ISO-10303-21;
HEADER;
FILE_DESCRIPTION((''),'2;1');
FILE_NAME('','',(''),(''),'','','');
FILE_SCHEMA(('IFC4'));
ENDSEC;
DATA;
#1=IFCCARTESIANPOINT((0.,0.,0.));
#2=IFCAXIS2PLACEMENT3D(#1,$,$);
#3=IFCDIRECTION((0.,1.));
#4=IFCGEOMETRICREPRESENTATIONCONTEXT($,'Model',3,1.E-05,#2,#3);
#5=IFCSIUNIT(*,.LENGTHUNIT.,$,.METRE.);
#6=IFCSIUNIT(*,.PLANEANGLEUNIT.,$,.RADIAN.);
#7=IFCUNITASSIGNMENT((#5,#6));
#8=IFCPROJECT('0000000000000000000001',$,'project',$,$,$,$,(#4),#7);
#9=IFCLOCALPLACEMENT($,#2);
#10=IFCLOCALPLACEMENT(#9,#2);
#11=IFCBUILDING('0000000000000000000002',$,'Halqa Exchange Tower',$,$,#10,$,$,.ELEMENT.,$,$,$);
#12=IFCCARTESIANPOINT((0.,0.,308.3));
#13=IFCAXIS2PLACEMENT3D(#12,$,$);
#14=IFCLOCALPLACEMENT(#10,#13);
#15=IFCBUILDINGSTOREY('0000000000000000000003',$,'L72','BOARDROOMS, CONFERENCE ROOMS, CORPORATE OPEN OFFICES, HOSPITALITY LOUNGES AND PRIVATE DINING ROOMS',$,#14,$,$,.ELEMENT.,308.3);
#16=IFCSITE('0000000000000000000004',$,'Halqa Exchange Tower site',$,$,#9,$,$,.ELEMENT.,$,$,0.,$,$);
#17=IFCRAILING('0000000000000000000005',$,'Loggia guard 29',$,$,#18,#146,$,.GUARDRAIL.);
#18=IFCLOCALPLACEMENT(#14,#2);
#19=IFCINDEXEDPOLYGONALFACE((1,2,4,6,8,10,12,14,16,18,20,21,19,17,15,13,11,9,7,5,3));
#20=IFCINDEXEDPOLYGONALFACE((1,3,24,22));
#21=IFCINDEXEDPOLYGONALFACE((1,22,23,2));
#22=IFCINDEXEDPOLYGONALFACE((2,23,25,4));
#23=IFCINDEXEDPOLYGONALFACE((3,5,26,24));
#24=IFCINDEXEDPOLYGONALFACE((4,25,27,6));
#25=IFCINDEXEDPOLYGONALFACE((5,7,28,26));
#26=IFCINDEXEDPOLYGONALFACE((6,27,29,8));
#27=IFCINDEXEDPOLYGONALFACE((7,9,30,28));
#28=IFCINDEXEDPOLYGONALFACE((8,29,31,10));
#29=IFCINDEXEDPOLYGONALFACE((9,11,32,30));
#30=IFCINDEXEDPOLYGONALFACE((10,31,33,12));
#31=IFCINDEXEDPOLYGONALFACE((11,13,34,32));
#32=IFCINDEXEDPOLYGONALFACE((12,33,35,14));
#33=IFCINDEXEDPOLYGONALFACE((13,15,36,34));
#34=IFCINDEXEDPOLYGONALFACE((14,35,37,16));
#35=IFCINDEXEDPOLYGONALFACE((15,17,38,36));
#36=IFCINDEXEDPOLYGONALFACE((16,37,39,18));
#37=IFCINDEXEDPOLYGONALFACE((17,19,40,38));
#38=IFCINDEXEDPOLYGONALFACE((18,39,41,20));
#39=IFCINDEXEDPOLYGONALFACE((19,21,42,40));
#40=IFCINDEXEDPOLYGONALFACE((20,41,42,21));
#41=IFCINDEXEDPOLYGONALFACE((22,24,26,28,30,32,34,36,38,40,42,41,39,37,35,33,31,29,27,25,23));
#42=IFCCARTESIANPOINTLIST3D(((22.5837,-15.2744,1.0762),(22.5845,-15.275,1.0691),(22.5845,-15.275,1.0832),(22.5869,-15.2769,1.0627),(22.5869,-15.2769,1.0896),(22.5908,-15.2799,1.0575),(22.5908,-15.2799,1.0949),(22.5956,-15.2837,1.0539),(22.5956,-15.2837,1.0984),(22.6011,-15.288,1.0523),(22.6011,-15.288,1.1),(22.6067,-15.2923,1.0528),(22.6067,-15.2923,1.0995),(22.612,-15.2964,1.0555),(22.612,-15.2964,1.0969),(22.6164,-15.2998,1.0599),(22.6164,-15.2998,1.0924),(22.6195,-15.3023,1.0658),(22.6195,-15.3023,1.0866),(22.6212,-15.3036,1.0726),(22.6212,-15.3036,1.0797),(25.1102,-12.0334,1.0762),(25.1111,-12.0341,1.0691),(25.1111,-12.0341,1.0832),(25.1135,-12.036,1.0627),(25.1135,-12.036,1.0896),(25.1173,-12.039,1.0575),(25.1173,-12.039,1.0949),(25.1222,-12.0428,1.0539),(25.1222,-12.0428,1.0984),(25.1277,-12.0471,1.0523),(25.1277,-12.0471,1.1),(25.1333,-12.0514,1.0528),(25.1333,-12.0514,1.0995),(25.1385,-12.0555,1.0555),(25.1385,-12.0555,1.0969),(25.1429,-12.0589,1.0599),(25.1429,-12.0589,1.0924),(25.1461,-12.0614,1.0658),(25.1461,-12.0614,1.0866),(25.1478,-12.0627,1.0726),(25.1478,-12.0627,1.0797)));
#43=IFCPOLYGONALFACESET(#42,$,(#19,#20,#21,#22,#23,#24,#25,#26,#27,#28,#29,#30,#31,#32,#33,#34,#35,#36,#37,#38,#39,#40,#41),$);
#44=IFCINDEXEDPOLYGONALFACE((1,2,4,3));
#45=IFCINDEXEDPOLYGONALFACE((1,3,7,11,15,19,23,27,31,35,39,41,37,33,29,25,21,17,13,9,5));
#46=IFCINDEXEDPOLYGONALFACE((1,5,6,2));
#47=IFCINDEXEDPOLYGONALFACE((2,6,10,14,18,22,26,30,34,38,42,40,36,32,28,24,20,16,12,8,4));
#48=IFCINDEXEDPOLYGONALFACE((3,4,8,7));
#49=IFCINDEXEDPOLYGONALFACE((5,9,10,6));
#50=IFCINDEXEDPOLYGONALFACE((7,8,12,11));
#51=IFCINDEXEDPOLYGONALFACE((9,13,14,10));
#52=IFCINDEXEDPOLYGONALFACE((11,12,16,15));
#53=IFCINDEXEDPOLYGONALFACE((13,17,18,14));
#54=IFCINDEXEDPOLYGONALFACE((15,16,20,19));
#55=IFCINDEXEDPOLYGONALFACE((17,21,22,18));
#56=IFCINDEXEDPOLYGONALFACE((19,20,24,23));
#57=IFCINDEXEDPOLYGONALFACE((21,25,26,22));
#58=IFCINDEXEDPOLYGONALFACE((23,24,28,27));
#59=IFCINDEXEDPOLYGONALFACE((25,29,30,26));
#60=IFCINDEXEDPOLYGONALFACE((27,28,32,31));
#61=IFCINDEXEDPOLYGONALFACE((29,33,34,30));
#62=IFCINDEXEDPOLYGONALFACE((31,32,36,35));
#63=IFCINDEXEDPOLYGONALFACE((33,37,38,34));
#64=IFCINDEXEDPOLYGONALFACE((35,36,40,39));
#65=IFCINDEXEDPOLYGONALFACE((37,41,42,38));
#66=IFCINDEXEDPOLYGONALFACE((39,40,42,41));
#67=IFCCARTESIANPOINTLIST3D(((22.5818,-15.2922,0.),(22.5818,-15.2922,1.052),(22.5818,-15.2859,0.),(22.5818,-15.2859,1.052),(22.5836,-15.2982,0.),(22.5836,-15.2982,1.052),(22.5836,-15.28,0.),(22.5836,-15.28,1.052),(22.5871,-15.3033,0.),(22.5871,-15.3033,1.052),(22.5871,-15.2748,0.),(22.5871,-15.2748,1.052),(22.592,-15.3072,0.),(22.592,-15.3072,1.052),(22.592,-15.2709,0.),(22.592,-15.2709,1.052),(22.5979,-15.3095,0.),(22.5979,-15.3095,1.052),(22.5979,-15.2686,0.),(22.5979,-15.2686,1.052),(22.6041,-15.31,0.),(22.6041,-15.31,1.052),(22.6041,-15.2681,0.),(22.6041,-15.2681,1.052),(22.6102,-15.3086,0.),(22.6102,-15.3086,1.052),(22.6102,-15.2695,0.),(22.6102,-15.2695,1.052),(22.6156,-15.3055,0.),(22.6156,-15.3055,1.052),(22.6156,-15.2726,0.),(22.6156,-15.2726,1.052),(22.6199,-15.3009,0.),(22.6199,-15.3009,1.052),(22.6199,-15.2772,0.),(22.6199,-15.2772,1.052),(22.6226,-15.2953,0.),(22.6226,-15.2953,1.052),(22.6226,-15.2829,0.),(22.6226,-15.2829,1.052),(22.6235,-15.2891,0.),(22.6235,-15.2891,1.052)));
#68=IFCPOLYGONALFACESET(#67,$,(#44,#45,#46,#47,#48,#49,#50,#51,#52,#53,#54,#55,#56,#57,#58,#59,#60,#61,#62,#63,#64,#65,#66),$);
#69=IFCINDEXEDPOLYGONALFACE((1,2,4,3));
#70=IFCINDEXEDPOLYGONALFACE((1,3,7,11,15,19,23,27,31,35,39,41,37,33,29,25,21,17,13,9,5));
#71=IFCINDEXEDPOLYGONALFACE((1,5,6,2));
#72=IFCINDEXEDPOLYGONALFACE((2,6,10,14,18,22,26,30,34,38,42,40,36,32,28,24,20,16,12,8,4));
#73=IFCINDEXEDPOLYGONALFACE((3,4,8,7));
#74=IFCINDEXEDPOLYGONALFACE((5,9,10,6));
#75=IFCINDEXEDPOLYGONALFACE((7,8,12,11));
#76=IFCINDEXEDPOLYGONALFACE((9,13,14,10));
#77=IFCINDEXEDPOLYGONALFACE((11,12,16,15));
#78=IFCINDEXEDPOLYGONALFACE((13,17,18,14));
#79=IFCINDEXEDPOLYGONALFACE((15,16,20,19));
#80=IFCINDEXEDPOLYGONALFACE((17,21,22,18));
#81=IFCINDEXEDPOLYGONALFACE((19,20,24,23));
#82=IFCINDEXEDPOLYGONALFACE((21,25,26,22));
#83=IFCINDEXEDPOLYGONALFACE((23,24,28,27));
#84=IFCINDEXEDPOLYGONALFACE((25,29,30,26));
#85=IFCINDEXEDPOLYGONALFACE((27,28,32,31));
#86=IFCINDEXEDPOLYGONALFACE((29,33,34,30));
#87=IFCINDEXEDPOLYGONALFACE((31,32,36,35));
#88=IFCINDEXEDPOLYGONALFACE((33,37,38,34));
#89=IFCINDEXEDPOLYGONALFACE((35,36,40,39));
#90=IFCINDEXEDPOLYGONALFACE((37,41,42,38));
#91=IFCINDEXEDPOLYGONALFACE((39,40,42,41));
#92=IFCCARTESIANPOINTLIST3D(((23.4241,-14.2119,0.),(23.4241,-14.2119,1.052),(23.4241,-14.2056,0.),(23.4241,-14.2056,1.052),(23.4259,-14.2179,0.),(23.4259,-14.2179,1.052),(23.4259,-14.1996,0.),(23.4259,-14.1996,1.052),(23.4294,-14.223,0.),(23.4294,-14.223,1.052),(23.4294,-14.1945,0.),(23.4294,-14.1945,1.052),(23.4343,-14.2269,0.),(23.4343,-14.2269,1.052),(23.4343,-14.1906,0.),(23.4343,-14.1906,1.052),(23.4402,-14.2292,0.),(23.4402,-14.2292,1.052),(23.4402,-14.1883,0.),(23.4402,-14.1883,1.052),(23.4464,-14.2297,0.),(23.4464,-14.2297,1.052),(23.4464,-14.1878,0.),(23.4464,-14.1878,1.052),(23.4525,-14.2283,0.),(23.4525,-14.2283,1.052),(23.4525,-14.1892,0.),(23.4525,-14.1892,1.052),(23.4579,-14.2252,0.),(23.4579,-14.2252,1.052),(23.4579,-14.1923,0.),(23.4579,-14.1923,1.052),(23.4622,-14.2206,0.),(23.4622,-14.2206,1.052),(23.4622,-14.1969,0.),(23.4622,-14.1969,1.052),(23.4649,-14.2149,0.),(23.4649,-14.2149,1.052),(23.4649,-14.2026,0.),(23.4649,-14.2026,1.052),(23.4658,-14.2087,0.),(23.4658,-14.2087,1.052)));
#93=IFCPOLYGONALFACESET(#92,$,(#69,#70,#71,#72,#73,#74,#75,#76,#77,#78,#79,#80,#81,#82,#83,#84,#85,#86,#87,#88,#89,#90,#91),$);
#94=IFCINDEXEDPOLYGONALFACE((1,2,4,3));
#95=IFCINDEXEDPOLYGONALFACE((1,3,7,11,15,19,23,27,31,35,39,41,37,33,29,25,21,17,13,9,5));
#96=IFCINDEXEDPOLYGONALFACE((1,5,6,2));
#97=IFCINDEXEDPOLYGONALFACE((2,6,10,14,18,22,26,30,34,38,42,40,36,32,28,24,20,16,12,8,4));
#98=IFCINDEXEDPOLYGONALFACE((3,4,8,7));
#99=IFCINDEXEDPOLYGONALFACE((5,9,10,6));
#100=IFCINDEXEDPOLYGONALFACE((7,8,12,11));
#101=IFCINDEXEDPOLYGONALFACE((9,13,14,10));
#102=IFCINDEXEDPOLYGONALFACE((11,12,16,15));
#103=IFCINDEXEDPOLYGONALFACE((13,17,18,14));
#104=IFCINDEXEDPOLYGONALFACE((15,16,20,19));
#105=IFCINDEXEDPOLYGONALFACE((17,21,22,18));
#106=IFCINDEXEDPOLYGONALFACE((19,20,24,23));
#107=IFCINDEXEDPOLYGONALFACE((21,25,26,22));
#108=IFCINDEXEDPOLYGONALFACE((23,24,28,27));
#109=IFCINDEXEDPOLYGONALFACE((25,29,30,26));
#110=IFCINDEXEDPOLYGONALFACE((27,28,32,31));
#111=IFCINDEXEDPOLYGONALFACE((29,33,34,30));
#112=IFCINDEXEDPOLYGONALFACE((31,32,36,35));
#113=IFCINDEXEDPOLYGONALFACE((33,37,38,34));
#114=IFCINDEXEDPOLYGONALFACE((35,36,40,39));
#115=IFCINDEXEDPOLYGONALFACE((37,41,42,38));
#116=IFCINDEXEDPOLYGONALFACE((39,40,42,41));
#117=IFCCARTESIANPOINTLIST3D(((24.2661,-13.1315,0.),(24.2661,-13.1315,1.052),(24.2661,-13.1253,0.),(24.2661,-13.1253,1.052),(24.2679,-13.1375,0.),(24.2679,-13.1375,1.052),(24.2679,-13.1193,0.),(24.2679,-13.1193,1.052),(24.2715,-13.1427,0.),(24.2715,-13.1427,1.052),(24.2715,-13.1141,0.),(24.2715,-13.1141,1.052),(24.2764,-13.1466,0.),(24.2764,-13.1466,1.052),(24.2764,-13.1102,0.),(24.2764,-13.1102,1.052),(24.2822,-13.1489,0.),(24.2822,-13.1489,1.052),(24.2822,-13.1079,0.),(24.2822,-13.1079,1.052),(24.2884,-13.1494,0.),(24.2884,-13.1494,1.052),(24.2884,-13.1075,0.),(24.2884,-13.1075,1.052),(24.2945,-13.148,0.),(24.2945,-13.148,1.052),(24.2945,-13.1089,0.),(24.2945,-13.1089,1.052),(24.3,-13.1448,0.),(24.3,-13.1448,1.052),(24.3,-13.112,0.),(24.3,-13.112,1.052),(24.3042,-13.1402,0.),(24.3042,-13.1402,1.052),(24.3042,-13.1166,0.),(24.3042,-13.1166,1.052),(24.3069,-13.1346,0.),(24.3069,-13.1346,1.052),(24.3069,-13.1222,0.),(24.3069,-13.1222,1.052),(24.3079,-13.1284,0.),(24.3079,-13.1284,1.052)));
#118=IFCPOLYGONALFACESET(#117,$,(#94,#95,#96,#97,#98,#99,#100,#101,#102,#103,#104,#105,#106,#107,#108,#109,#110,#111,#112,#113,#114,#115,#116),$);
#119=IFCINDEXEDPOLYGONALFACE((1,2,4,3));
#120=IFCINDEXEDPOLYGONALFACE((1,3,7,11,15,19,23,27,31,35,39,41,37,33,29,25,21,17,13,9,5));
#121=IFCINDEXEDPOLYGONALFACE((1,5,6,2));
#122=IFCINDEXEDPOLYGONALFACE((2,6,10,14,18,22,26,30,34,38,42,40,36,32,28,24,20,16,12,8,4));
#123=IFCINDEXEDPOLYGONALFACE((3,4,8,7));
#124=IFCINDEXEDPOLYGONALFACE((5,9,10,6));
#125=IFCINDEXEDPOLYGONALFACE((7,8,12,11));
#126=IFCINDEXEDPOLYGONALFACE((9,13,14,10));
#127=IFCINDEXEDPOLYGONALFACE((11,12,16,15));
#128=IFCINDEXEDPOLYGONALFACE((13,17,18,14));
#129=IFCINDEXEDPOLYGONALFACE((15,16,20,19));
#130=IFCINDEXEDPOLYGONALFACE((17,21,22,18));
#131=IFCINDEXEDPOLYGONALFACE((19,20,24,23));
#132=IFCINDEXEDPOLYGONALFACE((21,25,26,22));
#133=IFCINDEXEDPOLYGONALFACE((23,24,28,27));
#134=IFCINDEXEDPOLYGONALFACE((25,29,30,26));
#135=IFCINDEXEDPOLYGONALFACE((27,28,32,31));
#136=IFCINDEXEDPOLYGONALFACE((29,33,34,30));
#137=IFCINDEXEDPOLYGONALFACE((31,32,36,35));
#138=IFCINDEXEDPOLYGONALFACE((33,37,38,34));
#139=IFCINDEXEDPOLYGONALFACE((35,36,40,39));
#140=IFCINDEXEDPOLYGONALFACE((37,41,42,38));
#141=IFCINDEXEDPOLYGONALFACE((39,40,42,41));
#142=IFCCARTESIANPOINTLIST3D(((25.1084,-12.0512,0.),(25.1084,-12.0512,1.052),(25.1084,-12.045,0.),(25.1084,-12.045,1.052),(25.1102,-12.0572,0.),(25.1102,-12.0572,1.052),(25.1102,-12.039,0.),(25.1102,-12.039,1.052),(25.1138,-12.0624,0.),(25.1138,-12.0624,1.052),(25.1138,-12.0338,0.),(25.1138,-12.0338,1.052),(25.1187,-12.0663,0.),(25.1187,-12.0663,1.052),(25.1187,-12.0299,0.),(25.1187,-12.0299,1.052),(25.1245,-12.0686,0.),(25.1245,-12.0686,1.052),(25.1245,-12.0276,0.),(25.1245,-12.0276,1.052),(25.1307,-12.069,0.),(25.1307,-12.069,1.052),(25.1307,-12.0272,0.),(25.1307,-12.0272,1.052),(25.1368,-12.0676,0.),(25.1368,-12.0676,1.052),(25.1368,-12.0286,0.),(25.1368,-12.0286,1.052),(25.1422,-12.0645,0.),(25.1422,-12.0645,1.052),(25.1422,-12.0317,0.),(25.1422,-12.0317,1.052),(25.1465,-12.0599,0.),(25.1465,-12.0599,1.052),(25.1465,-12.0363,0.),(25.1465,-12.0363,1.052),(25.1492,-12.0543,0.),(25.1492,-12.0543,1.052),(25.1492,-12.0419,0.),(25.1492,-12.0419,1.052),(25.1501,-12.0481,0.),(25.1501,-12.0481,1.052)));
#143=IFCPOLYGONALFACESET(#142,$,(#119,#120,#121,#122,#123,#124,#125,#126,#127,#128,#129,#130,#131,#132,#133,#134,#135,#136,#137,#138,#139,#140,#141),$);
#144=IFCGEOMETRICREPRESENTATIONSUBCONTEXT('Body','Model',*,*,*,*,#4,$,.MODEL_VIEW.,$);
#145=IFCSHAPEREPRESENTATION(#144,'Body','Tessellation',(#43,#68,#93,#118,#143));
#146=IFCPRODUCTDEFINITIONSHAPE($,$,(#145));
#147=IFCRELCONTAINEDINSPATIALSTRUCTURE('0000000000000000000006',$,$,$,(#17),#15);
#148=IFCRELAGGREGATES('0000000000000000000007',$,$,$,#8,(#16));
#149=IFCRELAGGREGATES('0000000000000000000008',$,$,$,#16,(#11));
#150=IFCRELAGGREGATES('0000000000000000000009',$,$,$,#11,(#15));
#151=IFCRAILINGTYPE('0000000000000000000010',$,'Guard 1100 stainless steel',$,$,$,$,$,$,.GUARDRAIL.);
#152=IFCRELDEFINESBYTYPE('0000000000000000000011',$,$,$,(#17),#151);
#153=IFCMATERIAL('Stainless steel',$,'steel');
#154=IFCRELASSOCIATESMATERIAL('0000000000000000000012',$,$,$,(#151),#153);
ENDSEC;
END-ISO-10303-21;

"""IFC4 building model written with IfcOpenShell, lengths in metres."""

from ifc_helpers import new_model, si_unit, direction, frame, origin, origin_2d, place, context, subcontext, project, spatial, circle, extrude, material, type_object, element, save


model = new_model("IFC4")

# Units and contexts
model_context = context("Model", 3, precision=1e-05, world=origin(), true_north=direction((0.0, 1.0)))
body_context = subcontext(model_context, "Body", "Model", "MODEL_VIEW")
ifc_project = project(units=[si_unit("LENGTHUNIT", "METRE"), si_unit("PLANEANGLEUNIT", "RADIAN")], contexts=[model_context])

# Site, building, storey
site_placement = place(None, origin())
site = spatial("IfcSite", under=ifc_project, at=site_placement, Name="Halqa Exchange Tower site", CompositionType="ELEMENT", RefElevation=0.0)
building_placement = place(site_placement, origin())
building = spatial("IfcBuilding", under=site, at=building_placement, Name="Halqa Exchange Tower", CompositionType="ELEMENT")
storey_placement = place(building_placement, frame((0.0, 0.0, 308.3)))
storey = spatial("IfcBuildingStorey", under=building, at=storey_placement, Name="L72", Description="BOARDROOMS, CONFERENCE ROOMS, CORPORATE OPEN OFFICES, HOSPITALITY LOUNGES AND PRIVATE DINING ROOMS", CompositionType="ELEMENT", Elevation=308.3)

# Railing
ifc_material_1 = material(Name="Stainless steel", Category="steel")
railing_type = type_object("IfcRailingType", Name="Guard 1100 stainless steel", PredefinedType="GUARDRAIL", material=ifc_material_1)
railing_1_placement = place(storey_placement, frame((22.6025, -15.2891, 0.0)))
element("IfcRailing", 1, at=railing_1_placement, inside=storey, type_object=railing_type, Name="Loggia guard 29", PredefinedType="GUARDRAIL", context=body_context, shape_type="SweptSolid", body=[
    extrude(circle(Radius=0.0239, at=origin_2d()), frame((0.0, 0.0, 1.0762), z_axis=(0.614829, 0.788661, 0.0), x_axis=(-0.788661, 0.614829, 0.0)), (0.0, 0.0, 1.0), 4.1094),
    extrude(circle(Radius=0.021, at=origin_2d()), origin(), (0.0, 0.0, 1.0), 1.052),
    extrude(circle(Radius=0.021, at=origin_2d()), frame((0.8423, 1.0803, 0.0)), (0.0, 0.0, 1.0), 1.052),
    extrude(circle(Radius=0.021, at=origin_2d()), frame((1.6843, 2.1606, 0.0)), (0.0, 0.0, 1.0), 1.052),
    extrude(circle(Radius=0.021, at=origin_2d()), frame((2.5266, 3.241, 0.0)), (0.0, 0.0, 1.0), 1.052),
])

save(model, "model.ifc")
